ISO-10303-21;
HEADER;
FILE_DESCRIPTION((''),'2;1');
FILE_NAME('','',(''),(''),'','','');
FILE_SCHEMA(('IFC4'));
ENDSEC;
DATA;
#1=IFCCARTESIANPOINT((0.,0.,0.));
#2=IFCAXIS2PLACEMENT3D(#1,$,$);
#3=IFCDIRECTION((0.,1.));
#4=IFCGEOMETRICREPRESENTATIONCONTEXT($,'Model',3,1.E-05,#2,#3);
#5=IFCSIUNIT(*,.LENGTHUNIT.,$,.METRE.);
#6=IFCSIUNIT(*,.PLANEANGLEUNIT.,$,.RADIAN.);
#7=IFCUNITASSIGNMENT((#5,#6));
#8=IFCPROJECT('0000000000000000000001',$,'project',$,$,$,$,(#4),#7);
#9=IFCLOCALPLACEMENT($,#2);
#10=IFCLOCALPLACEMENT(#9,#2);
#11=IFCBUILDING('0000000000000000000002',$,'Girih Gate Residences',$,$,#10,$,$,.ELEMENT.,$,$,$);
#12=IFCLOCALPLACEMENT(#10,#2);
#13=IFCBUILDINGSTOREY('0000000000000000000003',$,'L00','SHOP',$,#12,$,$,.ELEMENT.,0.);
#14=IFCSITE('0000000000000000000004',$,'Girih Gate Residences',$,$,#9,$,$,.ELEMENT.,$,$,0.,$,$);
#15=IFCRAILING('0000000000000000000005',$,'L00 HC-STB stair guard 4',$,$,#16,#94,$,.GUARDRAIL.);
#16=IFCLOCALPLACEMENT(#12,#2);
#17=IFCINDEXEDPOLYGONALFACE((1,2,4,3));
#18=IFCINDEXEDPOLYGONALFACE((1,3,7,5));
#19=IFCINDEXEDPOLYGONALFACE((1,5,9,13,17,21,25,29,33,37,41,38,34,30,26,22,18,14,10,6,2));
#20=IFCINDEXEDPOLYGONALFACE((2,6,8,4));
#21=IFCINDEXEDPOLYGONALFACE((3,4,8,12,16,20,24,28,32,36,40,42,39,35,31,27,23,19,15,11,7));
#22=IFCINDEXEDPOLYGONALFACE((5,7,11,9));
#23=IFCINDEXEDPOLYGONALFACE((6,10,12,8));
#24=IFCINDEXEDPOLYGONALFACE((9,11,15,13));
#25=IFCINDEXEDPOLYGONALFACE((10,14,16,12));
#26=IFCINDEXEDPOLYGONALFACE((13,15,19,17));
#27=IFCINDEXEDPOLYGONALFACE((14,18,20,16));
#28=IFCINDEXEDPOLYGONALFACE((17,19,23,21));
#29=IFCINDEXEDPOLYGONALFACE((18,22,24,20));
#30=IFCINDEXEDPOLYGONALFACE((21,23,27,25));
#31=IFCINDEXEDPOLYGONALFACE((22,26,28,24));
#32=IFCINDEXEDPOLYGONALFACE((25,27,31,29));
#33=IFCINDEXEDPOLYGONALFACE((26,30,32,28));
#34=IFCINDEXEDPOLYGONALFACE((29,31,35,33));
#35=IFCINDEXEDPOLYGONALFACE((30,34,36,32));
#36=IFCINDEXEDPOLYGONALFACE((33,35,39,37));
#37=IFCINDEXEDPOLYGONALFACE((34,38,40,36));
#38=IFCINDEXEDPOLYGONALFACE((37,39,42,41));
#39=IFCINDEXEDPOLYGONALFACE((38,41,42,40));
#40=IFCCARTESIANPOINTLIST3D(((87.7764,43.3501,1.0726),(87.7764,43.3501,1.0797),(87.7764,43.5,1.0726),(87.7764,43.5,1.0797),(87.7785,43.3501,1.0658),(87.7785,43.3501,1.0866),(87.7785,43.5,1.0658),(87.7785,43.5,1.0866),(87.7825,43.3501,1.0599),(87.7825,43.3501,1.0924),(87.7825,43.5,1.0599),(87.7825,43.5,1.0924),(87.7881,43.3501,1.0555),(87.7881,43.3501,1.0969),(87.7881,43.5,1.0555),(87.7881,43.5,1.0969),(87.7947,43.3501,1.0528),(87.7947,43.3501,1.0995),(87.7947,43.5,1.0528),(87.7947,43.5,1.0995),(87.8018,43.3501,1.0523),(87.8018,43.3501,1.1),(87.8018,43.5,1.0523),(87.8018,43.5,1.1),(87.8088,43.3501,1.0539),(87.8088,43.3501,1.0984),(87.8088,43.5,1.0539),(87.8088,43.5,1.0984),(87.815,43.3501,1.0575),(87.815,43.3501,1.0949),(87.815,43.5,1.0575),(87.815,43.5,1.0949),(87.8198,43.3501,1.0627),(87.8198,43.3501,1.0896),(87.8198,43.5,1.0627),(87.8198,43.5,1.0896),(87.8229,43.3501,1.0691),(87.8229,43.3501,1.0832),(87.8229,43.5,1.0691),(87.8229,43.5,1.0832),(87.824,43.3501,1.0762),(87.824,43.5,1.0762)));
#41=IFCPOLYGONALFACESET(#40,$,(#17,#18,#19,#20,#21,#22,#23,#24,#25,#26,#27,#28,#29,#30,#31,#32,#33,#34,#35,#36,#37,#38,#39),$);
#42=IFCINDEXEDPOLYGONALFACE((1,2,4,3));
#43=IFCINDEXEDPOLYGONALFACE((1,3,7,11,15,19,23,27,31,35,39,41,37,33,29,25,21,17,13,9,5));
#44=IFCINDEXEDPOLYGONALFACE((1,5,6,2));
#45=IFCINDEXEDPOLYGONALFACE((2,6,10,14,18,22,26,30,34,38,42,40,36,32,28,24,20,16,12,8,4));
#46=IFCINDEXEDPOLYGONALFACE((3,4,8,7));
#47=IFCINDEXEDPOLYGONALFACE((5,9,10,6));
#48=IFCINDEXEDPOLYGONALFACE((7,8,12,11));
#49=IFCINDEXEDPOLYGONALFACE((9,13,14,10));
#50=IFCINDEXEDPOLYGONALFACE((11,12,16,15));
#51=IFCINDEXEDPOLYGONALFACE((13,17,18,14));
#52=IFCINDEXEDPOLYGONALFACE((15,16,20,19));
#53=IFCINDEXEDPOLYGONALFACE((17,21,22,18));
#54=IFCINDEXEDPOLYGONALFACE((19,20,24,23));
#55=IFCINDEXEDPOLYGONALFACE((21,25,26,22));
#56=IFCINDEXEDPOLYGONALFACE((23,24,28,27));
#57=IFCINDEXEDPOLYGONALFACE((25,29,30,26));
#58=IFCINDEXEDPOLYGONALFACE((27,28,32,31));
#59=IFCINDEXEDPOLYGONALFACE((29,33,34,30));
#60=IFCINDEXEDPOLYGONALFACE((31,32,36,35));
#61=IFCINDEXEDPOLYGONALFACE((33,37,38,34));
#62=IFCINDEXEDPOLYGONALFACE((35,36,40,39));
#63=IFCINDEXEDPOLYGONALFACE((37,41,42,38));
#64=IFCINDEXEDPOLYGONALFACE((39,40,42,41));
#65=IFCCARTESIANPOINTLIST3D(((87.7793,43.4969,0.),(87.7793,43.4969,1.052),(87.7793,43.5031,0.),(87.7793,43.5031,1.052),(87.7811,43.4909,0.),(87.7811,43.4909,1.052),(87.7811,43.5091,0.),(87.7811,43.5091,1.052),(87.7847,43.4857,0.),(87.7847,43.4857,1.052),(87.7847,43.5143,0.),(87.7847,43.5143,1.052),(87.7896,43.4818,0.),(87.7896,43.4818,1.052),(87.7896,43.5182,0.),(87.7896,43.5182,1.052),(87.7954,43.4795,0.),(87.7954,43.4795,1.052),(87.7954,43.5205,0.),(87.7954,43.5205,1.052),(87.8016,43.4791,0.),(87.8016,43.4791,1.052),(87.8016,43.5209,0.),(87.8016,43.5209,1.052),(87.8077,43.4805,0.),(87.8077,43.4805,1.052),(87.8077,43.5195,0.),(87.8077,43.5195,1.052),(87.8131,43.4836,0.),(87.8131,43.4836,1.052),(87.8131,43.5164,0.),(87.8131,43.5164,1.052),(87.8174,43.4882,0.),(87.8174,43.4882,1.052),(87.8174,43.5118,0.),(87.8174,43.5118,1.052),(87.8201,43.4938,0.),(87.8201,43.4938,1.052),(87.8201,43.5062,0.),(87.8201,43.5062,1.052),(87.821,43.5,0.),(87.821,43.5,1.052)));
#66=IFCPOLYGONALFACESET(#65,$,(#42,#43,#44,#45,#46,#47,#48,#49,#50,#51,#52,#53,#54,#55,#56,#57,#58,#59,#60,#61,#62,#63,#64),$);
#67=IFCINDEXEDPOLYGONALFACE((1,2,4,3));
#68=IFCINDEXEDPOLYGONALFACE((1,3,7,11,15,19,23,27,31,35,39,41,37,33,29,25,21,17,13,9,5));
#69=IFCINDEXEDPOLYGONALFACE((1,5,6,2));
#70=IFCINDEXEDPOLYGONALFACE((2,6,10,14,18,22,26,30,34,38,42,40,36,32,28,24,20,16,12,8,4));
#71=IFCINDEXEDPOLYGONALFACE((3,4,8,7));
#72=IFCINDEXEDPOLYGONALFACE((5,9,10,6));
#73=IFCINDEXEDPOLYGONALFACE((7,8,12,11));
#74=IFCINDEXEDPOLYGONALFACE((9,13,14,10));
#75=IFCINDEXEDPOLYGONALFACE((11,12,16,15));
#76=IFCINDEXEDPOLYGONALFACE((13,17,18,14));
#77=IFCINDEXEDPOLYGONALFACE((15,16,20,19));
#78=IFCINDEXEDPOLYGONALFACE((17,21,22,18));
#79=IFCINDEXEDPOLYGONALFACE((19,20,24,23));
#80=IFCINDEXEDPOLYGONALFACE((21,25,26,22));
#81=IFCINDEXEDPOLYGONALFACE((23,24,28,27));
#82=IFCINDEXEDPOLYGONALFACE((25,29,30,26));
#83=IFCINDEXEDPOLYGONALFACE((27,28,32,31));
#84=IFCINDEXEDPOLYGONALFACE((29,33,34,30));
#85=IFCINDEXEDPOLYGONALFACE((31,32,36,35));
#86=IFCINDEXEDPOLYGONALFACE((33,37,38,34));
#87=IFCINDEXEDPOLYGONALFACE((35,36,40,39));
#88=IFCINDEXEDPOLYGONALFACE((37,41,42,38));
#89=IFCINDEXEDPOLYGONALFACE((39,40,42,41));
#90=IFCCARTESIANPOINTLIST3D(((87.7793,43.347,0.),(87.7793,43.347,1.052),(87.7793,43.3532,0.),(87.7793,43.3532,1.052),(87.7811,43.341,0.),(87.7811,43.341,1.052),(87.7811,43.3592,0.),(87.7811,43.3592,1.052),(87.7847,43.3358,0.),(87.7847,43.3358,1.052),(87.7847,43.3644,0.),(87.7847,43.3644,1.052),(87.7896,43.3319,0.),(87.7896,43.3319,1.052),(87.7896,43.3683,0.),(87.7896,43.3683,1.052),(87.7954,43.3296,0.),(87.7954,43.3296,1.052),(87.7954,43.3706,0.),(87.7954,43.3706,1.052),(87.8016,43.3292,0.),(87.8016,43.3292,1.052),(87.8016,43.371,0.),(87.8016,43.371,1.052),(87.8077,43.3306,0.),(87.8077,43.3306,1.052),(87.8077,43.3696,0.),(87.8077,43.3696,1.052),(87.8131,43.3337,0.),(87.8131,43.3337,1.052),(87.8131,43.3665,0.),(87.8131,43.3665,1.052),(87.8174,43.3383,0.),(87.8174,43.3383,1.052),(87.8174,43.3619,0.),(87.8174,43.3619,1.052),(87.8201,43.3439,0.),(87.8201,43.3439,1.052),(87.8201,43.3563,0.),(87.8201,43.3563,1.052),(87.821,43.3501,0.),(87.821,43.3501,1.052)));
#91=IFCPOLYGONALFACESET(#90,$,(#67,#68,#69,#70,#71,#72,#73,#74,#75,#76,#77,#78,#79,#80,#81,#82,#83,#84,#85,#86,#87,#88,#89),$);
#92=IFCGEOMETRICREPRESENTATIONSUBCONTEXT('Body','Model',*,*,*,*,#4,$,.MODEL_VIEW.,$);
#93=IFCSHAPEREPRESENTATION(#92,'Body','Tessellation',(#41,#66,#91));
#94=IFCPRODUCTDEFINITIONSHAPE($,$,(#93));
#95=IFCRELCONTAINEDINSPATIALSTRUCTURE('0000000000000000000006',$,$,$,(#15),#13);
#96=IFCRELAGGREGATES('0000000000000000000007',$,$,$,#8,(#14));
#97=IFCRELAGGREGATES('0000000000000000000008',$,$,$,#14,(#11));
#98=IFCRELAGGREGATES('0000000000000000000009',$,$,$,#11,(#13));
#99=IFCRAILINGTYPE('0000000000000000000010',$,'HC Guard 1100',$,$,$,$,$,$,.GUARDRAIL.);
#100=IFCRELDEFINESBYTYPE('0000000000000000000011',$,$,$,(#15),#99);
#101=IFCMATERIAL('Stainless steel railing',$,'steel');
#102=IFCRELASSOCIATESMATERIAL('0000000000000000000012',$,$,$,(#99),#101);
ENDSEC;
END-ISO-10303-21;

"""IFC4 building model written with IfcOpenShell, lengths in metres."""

from ifc_helpers import new_model, si_unit, direction, frame, origin, origin_2d, place, context, subcontext, project, spatial, circle, extrude, material, type_object, element, save


model = new_model("IFC4")

# Units and contexts
model_context = context("Model", 3, precision=1e-05, world=origin(), true_north=direction((0.0, 1.0)))
body_context = subcontext(model_context, "Body", "Model", "MODEL_VIEW")
ifc_project = project(units=[si_unit("LENGTHUNIT", "METRE"), si_unit("PLANEANGLEUNIT", "RADIAN")], contexts=[model_context])

# Site, building, storey
site_placement = place(None, origin())
site = spatial("IfcSite", under=ifc_project, at=site_placement, Name="Girih Gate Residences", CompositionType="ELEMENT", RefElevation=0.0)
building_placement = place(site_placement, origin())
building = spatial("IfcBuilding", under=site, at=building_placement, Name="Girih Gate Residences", CompositionType="ELEMENT")
storey_placement = place(building_placement, origin())
storey = spatial("IfcBuildingStorey", under=building, at=storey_placement, Name="L00", Description="SHOP", CompositionType="ELEMENT", Elevation=0.0)

# Railing
ifc_material_1 = material(Name="Stainless steel railing", Category="steel")
railing_type_1 = type_object("IfcRailingType", Name="HC Guard 1100", PredefinedType="GUARDRAIL", material=ifc_material_1)
railing_1_placement = place(storey_placement, frame((87.8, 43.5, 0.0)))
element("IfcRailing", 1, at=railing_1_placement, inside=storey, type_object=railing_type_1, Name="L00 HC-STB stair guard 4", PredefinedType="GUARDRAIL", context=body_context, shape_type="SweptSolid", body=[
    extrude(circle(Radius=0.0239, at=origin_2d()), frame((0.0, 0.0, 1.0762), z_axis=(0.0, -1.0, 0.0), x_axis=(1.0, 0.0, 0.0)), (0.0, 0.0, 1.0), 0.1499),
    extrude(circle(Radius=0.021, at=origin_2d()), origin(), (0.0, 0.0, 1.0), 1.052),
    extrude(circle(Radius=0.021, at=origin_2d()), frame((0.0, -0.1499, 0.0)), (0.0, 0.0, 1.0), 1.052),
])

save(model, "model.ifc")
